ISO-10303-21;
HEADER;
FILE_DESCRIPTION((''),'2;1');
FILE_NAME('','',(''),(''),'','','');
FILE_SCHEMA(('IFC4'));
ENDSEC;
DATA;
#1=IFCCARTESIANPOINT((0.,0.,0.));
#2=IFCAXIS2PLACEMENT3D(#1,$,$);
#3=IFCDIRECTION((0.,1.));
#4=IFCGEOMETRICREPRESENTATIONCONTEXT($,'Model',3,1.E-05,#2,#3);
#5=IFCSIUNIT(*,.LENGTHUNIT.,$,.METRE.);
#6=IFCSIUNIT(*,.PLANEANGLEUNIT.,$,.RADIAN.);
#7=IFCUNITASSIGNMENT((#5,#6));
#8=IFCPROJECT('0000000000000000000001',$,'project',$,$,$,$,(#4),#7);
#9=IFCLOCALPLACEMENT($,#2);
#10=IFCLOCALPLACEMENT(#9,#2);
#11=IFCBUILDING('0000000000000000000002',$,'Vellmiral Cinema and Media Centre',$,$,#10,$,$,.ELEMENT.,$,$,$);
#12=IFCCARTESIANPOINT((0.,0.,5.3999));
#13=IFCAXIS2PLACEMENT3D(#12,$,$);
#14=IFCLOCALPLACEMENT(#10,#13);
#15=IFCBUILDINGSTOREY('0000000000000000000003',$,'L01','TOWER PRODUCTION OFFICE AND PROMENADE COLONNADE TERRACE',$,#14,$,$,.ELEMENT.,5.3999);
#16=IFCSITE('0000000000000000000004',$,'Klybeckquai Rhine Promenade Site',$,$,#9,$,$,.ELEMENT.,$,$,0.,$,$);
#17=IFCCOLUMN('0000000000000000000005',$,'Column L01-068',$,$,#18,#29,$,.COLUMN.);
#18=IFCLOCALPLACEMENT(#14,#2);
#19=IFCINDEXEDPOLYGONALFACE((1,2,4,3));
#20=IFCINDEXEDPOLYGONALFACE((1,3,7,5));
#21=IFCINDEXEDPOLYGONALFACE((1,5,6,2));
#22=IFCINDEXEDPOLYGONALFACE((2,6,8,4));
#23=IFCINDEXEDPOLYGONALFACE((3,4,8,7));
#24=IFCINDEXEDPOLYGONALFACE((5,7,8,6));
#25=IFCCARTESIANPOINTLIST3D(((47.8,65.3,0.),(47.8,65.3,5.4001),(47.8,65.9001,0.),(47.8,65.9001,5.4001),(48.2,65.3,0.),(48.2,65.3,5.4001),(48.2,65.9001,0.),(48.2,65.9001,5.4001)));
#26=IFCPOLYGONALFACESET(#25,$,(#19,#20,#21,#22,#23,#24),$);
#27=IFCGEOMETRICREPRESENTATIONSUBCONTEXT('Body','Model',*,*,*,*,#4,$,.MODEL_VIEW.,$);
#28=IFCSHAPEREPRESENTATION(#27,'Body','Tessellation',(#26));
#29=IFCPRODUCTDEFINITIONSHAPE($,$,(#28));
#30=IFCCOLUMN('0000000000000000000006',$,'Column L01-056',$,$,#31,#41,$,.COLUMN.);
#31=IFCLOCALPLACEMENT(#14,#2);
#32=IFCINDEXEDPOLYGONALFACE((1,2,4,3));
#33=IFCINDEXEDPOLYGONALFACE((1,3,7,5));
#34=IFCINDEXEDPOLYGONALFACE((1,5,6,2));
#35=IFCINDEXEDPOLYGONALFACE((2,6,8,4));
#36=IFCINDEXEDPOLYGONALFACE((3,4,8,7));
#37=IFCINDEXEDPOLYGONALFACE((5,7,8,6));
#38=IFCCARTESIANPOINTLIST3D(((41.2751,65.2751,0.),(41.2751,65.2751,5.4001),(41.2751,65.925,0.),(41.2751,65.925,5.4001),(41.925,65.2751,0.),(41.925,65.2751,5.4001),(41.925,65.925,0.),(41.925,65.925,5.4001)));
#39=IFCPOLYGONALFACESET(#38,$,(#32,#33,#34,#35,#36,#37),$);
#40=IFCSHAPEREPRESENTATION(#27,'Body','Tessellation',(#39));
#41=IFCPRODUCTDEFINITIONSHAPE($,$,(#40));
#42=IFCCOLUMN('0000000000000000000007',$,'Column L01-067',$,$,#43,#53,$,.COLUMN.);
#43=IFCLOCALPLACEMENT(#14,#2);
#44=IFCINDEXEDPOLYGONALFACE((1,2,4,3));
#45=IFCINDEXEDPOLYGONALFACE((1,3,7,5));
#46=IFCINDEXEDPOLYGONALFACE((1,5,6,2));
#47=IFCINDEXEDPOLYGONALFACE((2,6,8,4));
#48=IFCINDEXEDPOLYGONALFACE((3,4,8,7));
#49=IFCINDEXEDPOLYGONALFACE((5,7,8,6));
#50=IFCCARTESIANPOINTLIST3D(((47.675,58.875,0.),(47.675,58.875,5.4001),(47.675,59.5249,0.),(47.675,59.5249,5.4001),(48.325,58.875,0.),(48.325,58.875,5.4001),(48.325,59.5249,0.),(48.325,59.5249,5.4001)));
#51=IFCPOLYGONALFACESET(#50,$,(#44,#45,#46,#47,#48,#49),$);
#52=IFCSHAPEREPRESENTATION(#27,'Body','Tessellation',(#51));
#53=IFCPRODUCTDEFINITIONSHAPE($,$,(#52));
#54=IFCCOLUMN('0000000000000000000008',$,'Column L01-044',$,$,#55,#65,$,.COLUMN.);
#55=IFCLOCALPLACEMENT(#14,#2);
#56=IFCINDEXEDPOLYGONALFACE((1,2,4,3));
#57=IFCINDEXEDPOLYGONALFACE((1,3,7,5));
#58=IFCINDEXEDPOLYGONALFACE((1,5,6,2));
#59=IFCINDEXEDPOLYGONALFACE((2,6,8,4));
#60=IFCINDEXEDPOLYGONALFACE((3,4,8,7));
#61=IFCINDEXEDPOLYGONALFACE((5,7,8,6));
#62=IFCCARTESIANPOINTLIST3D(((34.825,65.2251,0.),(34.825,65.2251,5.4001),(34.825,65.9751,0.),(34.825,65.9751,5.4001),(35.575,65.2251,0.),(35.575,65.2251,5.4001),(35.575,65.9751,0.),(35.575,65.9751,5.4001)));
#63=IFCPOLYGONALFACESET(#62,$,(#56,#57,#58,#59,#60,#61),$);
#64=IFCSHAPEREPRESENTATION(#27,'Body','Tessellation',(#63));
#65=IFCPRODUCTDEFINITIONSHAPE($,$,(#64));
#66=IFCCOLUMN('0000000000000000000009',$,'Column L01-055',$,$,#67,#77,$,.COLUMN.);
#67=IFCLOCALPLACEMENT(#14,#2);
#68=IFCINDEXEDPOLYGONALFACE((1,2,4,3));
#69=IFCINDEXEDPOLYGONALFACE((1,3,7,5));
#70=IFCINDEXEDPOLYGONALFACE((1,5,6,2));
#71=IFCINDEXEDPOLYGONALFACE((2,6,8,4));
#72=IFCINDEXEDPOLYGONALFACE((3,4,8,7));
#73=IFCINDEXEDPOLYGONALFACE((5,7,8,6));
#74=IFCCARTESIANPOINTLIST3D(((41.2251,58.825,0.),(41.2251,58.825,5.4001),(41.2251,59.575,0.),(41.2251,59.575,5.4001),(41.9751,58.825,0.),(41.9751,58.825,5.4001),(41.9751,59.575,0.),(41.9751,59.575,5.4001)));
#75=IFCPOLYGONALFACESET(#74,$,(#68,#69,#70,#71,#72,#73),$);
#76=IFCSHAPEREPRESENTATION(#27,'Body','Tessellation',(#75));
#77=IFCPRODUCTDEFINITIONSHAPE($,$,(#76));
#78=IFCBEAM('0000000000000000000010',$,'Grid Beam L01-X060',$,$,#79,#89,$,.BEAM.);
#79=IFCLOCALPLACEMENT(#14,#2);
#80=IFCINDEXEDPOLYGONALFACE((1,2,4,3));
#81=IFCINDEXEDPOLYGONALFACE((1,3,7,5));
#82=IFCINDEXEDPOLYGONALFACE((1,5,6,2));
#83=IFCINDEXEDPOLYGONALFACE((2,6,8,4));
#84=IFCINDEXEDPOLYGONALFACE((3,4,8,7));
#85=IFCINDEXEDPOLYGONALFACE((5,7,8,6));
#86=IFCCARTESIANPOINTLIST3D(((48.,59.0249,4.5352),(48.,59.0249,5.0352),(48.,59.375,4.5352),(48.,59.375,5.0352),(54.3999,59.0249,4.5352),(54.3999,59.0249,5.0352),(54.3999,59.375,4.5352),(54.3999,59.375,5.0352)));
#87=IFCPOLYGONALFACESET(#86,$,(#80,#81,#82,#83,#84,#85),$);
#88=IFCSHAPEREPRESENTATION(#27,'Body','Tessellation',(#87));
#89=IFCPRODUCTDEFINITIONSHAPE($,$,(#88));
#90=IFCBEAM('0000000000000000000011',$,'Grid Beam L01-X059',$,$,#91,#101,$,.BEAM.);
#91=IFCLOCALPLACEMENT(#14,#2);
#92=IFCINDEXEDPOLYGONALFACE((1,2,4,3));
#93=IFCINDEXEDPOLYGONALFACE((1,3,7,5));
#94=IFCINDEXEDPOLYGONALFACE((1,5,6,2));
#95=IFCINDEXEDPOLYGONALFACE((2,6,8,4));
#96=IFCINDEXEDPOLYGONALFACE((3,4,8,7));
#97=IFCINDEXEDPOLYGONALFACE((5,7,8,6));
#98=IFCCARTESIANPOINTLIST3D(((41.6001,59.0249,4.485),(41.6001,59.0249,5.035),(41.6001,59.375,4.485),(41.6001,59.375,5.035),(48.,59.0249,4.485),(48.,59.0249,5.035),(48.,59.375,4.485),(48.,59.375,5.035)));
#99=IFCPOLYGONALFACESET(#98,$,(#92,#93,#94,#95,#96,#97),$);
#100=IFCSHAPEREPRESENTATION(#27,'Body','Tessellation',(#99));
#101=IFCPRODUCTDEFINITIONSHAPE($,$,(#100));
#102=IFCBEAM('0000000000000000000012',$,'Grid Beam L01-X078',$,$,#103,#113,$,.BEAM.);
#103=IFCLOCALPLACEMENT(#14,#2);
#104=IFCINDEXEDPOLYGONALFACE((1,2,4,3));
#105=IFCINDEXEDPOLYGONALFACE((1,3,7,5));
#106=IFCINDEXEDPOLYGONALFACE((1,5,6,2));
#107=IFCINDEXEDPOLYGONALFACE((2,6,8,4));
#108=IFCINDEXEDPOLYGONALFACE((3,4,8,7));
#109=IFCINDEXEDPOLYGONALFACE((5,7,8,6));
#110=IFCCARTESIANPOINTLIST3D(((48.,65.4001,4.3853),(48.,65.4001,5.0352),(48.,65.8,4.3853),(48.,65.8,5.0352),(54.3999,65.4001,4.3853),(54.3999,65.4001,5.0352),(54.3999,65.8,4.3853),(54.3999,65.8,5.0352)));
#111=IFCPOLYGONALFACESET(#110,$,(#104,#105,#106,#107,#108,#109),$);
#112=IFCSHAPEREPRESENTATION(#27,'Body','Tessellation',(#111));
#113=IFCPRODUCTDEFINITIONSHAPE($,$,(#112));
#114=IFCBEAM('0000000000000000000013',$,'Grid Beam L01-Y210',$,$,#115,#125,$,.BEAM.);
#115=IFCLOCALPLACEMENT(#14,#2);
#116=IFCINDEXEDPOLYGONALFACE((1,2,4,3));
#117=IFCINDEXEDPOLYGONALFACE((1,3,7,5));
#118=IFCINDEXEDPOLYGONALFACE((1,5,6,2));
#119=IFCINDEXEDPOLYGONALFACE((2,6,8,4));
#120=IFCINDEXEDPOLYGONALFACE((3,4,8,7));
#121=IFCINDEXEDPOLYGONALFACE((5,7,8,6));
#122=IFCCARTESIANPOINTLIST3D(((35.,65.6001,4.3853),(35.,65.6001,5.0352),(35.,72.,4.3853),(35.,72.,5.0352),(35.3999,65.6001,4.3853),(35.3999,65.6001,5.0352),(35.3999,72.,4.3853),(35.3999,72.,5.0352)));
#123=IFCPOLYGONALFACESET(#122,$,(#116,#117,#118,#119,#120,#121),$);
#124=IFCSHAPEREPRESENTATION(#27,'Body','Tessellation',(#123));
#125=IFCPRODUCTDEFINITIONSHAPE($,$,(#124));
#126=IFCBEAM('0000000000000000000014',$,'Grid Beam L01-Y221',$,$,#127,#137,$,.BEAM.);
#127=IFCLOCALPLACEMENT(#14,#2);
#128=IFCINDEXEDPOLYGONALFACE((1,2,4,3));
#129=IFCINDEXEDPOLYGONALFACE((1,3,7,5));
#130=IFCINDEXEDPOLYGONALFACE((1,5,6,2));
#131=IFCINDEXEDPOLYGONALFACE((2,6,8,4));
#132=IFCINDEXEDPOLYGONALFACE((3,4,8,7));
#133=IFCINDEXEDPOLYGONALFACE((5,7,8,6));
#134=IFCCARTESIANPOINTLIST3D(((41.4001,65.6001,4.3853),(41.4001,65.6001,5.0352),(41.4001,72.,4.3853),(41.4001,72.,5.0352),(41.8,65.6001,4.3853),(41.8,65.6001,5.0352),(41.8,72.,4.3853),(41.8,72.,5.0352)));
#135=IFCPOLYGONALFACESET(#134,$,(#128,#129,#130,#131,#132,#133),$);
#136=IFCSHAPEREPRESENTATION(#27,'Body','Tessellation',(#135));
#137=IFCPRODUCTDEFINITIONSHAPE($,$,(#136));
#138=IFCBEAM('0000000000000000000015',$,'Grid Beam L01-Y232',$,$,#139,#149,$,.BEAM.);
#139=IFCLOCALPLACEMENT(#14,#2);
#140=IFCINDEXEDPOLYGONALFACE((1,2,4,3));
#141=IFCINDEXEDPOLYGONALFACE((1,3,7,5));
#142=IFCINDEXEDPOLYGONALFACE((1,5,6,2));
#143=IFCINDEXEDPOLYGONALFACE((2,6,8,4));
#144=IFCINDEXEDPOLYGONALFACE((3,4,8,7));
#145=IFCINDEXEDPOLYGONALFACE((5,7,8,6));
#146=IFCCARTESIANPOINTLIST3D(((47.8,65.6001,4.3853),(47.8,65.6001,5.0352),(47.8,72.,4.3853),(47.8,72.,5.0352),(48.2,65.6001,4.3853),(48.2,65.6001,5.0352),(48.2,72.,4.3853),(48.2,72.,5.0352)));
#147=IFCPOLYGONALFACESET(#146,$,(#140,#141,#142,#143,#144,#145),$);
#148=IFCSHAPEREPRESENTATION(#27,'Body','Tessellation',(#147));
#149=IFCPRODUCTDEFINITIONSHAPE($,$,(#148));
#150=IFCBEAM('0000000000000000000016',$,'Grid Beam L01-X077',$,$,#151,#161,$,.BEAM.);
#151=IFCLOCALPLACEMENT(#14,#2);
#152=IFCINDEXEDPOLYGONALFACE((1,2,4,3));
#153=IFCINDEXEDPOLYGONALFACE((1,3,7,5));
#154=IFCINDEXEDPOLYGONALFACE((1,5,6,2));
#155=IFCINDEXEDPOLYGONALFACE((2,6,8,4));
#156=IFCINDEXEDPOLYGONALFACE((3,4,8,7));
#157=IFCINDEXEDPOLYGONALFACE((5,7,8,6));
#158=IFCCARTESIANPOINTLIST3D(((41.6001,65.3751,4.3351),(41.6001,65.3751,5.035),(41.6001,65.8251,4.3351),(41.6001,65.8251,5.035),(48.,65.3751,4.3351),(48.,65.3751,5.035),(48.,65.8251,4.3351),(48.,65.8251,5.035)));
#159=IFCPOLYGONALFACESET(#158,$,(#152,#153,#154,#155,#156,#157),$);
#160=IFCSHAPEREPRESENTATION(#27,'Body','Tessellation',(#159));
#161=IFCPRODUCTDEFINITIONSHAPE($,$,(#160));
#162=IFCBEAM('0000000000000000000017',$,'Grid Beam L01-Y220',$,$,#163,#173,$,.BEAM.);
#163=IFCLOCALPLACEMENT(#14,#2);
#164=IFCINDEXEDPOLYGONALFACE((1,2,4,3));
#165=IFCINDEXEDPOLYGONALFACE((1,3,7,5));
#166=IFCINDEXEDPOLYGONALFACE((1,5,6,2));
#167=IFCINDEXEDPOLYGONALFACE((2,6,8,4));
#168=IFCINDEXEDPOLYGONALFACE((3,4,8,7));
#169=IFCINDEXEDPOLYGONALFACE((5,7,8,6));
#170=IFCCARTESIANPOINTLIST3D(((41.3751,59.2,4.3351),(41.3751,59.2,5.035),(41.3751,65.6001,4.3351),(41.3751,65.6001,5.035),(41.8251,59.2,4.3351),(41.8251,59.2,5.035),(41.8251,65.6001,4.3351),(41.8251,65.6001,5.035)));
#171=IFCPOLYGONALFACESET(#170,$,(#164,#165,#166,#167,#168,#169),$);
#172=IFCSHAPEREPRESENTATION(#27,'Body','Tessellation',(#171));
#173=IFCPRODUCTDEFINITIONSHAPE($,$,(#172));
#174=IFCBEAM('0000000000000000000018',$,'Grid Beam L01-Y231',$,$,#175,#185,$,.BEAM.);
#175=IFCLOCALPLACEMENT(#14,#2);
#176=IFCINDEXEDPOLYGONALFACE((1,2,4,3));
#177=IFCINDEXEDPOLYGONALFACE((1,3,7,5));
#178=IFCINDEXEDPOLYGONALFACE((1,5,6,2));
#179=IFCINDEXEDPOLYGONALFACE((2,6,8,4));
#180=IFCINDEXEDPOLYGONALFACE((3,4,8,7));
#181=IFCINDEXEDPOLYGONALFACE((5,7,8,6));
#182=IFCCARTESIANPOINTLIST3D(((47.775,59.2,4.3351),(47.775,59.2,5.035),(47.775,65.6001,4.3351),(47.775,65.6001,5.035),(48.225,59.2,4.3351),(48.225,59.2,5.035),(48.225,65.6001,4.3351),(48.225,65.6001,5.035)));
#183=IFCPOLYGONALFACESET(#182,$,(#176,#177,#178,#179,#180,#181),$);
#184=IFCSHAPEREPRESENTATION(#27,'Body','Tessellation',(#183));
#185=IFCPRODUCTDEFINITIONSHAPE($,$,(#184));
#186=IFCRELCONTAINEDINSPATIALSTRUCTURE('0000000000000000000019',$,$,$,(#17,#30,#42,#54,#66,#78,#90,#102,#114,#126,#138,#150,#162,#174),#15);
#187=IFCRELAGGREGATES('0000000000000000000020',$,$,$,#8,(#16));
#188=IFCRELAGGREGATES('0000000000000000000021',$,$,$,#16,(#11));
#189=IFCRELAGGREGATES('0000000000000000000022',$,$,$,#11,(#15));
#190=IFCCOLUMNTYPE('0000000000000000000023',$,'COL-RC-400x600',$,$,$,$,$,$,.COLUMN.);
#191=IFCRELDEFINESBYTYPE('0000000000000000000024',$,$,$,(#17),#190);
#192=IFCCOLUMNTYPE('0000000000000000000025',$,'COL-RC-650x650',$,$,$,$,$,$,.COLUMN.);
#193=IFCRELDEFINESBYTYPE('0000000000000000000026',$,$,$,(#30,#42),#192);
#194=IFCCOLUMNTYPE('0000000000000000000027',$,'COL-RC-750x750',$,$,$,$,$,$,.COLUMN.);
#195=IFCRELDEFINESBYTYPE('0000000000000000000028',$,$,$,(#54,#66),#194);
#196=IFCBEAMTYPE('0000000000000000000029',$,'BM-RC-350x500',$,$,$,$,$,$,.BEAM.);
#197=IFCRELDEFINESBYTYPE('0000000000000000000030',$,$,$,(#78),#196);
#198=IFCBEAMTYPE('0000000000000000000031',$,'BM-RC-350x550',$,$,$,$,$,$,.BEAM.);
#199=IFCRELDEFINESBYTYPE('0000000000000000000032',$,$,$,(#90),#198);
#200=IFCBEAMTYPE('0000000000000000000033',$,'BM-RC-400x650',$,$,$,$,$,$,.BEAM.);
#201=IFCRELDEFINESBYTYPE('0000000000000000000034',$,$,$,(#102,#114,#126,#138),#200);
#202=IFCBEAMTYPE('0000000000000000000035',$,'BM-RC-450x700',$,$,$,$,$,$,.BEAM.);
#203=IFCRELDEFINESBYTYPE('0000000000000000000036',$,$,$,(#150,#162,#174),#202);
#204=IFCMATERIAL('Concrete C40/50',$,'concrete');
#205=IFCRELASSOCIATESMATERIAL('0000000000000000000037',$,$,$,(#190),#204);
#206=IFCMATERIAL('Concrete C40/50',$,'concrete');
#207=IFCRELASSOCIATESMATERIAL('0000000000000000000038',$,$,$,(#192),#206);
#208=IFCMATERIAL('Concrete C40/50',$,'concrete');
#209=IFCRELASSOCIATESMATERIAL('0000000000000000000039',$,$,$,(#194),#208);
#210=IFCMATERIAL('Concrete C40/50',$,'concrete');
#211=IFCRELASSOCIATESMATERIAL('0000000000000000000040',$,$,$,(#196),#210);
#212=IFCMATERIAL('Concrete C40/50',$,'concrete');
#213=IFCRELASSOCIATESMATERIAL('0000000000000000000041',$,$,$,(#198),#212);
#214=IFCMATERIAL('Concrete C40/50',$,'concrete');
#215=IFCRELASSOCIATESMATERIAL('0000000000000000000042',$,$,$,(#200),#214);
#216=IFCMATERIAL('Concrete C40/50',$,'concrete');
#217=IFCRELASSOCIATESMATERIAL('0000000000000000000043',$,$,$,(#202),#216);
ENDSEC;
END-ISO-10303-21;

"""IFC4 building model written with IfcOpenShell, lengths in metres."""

from ifc_helpers import new_model, si_unit, direction, frame, origin, origin_2d, place, context, subcontext, project, spatial, rectangle, extrude, material, material_profile, profile_set, type_object, element, save


model = new_model("IFC4")

# Units and contexts
model_context = context("Model", 3, precision=1e-05, world=origin(), true_north=direction((0.0, 1.0)))
body_context = subcontext(model_context, "Body", "Model", "MODEL_VIEW")
ifc_project = project(units=[si_unit("LENGTHUNIT", "METRE"), si_unit("PLANEANGLEUNIT", "RADIAN")], contexts=[model_context])

# Site, building, storey
site_placement = place(None, origin())
site = spatial("IfcSite", under=ifc_project, at=site_placement, Name="Klybeckquai Rhine Promenade Site", CompositionType="ELEMENT", RefElevation=0.0)
building_placement = place(site_placement, origin())
building = spatial("IfcBuilding", under=site, at=building_placement, Name="Vellmiral Cinema and Media Centre", CompositionType="ELEMENT")
storey_placement = place(building_placement, frame((0.0, 0.0, 5.3999)))
storey = spatial("IfcBuildingStorey", under=building, at=storey_placement, Name="L01", Description="TOWER PRODUCTION OFFICE AND PROMENADE COLONNADE TERRACE", CompositionType="ELEMENT", Elevation=5.3999)

# Columns
ifc_material_1 = material(Name="Concrete C40/50", Category="concrete")
ifc_material_profile_1 = material_profile(ifc_material_1, rectangle(XDim=0.3999, YDim=0.6001, at=origin_2d()), Name="RC 400x600")
ifc_profile_set_1 = profile_set([ifc_material_profile_1], Name="Concrete C40/50")
column_type_1 = type_object("IfcColumnType", Name="COL-RC-400x600", PredefinedType="COLUMN", material=ifc_profile_set_1)
column_placement = place(storey_placement, frame((48.0, 65.6001, 0.0), z_axis=(0.0, 0.0, 1.0), x_axis=(1.0, 0.0, 0.0)))
element("IfcColumn", 1, at=column_placement, inside=storey, type_object=column_type_1, Name="Column L01-068", PredefinedType="COLUMN", context=body_context, shape_type="SweptSolid", body=[
    extrude(rectangle(XDim=0.3999, YDim=0.6001, at=origin_2d()), origin(), (0.0, 0.0, 1.0), 5.4001),
])
ifc_material_2 = material(Name="Concrete C40/50", Category="concrete")
ifc_material_profile_2 = material_profile(ifc_material_2, rectangle(XDim=0.6499, YDim=0.6499, at=origin_2d()), Name="RC 650x650")
ifc_profile_set_2 = profile_set([ifc_material_profile_2], Name="Concrete C40/50")
column_type_2 = type_object("IfcColumnType", Name="COL-RC-650x650", PredefinedType="COLUMN", material=ifc_profile_set_2)
for number, where, z_axis, x_axis, name in (
    (2, (41.6001, 65.6001, 0.0), (0.0, 0.0, 1.0), (1.0, 0.0, 0.0), "Column L01-056"),
    (3, (48.0, 59.2, 0.0), (0.0, 0.0, 1.0), (1.0, 0.0, 0.0), "Column L01-067"),
):
    element("IfcColumn", number, at=place(storey_placement, frame(where, z_axis=z_axis, x_axis=x_axis)), inside=storey, type_object=column_type_2, Name=name, PredefinedType="COLUMN", context=body_context, shape_type="SweptSolid", body=[
        extrude(rectangle(XDim=0.6499, YDim=0.6499, at=origin_2d()), origin(), (0.0, 0.0, 1.0), 5.4001),
    ])
ifc_material_3 = material(Name="Concrete C40/50", Category="concrete")
ifc_material_profile_3 = material_profile(ifc_material_3, rectangle(XDim=0.75, YDim=0.75, at=origin_2d()), Name="RC 750x750")
ifc_profile_set_3 = profile_set([ifc_material_profile_3], Name="Concrete C40/50")
column_type_3 = type_object("IfcColumnType", Name="COL-RC-750x750", PredefinedType="COLUMN", material=ifc_profile_set_3)
for number, where, z_axis, x_axis, name in (
    (4, (35.2, 65.6001, 0.0), (0.0, 0.0, 1.0), (1.0, 0.0, 0.0), "Column L01-044"),
    (5, (41.6001, 59.2, 0.0), (0.0, 0.0, 1.0), (1.0, 0.0, 0.0), "Column L01-055"),
):
    element("IfcColumn", number, at=place(storey_placement, frame(where, z_axis=z_axis, x_axis=x_axis)), inside=storey, type_object=column_type_3, Name=name, PredefinedType="COLUMN", context=body_context, shape_type="SweptSolid", body=[
        extrude(rectangle(XDim=0.75, YDim=0.75, at=origin_2d()), origin(), (0.0, 0.0, 1.0), 5.4001),
    ])

# Beams
ifc_material_4 = material(Name="Concrete C40/50", Category="concrete")
ifc_material_profile_4 = material_profile(ifc_material_4, rectangle(XDim=0.3501, YDim=0.5, at=origin_2d()), Name="RC 350x500")
ifc_profile_set_4 = profile_set([ifc_material_profile_4], Name="Concrete C40/50")
beam_type_1 = type_object("IfcBeamType", Name="BM-RC-350x500", PredefinedType="BEAM", material=ifc_profile_set_4)
beam_1_placement = place(storey_placement, frame((48.0, 59.2, 4.7852), z_axis=(1.0, 0.0, 0.0), x_axis=(0.0, 1.0, 0.0)))
element("IfcBeam", 6, at=beam_1_placement, inside=storey, type_object=beam_type_1, Name="Grid Beam L01-X060", PredefinedType="BEAM", context=body_context, shape_type="SweptSolid", body=[
    extrude(rectangle(XDim=0.3501, YDim=0.5, at=origin_2d()), origin(), (0.0, 0.0, 1.0), 6.3999),
])
ifc_material_5 = material(Name="Concrete C40/50", Category="concrete")
ifc_material_profile_5 = material_profile(ifc_material_5, rectangle(XDim=0.3501, YDim=0.55, at=origin_2d()), Name="RC 350x550")
ifc_profile_set_5 = profile_set([ifc_material_profile_5], Name="Concrete C40/50")
beam_type_2 = type_object("IfcBeamType", Name="BM-RC-350x550", PredefinedType="BEAM", material=ifc_profile_set_5)
beam_2_placement = place(storey_placement, frame((41.6001, 59.2, 4.76), z_axis=(1.0, 0.0, 0.0), x_axis=(0.0, 1.0, 0.0)))
element("IfcBeam", 7, at=beam_2_placement, inside=storey, type_object=beam_type_2, Name="Grid Beam L01-X059", PredefinedType="BEAM", context=body_context, shape_type="SweptSolid", body=[
    extrude(rectangle(XDim=0.3501, YDim=0.55, at=origin_2d()), origin(), (0.0, 0.0, 1.0), 6.3999),
])
ifc_material_6 = material(Name="Concrete C40/50", Category="concrete")
ifc_material_profile_6 = material_profile(ifc_material_6, rectangle(XDim=0.3999, YDim=0.6499, at=origin_2d()), Name="RC 400x650")
ifc_profile_set_6 = profile_set([ifc_material_profile_6], Name="Concrete C40/50")
beam_type_3 = type_object("IfcBeamType", Name="BM-RC-400x650", PredefinedType="BEAM", material=ifc_profile_set_6)
for number, where, z_axis, x_axis, name in (
    (8, (48.0, 65.6001, 4.7102), (1.0, 0.0, 0.0), (0.0, 1.0, 0.0), "Grid Beam L01-X078"),
    (9, (35.2, 65.6001, 4.7102), (0.0, 1.0, 0.0), (-1.0, 0.0, 0.0), "Grid Beam L01-Y210"),
    (10, (41.6001, 65.6001, 4.7102), (0.0, 1.0, 0.0), (-1.0, 0.0, 0.0), "Grid Beam L01-Y221"),
    (11, (48.0, 65.6001, 4.7102), (0.0, 1.0, 0.0), (-1.0, 0.0, 0.0), "Grid Beam L01-Y232"),
):
    element("IfcBeam", number, at=place(storey_placement, frame(where, z_axis=z_axis, x_axis=x_axis)), inside=storey, type_object=beam_type_3, Name=name, PredefinedType="BEAM", context=body_context, shape_type="SweptSolid", body=[
        extrude(rectangle(XDim=0.3999, YDim=0.6499, at=origin_2d()), origin(), (0.0, 0.0, 1.0), 6.3999),
    ])
ifc_material_7 = material(Name="Concrete C40/50", Category="concrete")
ifc_material_profile_7 = material_profile(ifc_material_7, rectangle(XDim=0.45, YDim=0.7, at=origin_2d()), Name="RC 450x700")
ifc_profile_set_7 = profile_set([ifc_material_profile_7], Name="Concrete C40/50")
beam_type_4 = type_object("IfcBeamType", Name="BM-RC-450x700", PredefinedType="BEAM", material=ifc_profile_set_7)
beam_3_placement = place(storey_placement, frame((41.6001, 65.6001, 4.6851), z_axis=(1.0, 0.0, 0.0), x_axis=(0.0, 1.0, 0.0)))
element("IfcBeam", 12, at=beam_3_placement, inside=storey, type_object=beam_type_4, Name="Grid Beam L01-X077", PredefinedType="BEAM", context=body_context, shape_type="SweptSolid", body=[
    extrude(rectangle(XDim=0.45, YDim=0.7, at=origin_2d()), origin(), (0.0, 0.0, 1.0), 6.3999),
])
for number, where, z_axis, x_axis, name in (
    (13, (41.6001, 59.2, 4.6851), (0.0, 1.0, 0.0), (-1.0, 0.0, 0.0), "Grid Beam L01-Y220"),
    (14, (48.0, 59.2, 4.6851), (0.0, 1.0, 0.0), (-1.0, 0.0, 0.0), "Grid Beam L01-Y231"),
):
    element("IfcBeam", number, at=place(storey_placement, frame(where, z_axis=z_axis, x_axis=x_axis)), inside=storey, type_object=beam_type_4, Name=name, PredefinedType="BEAM", context=body_context, shape_type="SweptSolid", body=[
        extrude(rectangle(XDim=0.45, YDim=0.7, at=origin_2d()), origin(), (0.0, 0.0, 1.0), 6.4001),
    ])

save(model, "model.ifc")
